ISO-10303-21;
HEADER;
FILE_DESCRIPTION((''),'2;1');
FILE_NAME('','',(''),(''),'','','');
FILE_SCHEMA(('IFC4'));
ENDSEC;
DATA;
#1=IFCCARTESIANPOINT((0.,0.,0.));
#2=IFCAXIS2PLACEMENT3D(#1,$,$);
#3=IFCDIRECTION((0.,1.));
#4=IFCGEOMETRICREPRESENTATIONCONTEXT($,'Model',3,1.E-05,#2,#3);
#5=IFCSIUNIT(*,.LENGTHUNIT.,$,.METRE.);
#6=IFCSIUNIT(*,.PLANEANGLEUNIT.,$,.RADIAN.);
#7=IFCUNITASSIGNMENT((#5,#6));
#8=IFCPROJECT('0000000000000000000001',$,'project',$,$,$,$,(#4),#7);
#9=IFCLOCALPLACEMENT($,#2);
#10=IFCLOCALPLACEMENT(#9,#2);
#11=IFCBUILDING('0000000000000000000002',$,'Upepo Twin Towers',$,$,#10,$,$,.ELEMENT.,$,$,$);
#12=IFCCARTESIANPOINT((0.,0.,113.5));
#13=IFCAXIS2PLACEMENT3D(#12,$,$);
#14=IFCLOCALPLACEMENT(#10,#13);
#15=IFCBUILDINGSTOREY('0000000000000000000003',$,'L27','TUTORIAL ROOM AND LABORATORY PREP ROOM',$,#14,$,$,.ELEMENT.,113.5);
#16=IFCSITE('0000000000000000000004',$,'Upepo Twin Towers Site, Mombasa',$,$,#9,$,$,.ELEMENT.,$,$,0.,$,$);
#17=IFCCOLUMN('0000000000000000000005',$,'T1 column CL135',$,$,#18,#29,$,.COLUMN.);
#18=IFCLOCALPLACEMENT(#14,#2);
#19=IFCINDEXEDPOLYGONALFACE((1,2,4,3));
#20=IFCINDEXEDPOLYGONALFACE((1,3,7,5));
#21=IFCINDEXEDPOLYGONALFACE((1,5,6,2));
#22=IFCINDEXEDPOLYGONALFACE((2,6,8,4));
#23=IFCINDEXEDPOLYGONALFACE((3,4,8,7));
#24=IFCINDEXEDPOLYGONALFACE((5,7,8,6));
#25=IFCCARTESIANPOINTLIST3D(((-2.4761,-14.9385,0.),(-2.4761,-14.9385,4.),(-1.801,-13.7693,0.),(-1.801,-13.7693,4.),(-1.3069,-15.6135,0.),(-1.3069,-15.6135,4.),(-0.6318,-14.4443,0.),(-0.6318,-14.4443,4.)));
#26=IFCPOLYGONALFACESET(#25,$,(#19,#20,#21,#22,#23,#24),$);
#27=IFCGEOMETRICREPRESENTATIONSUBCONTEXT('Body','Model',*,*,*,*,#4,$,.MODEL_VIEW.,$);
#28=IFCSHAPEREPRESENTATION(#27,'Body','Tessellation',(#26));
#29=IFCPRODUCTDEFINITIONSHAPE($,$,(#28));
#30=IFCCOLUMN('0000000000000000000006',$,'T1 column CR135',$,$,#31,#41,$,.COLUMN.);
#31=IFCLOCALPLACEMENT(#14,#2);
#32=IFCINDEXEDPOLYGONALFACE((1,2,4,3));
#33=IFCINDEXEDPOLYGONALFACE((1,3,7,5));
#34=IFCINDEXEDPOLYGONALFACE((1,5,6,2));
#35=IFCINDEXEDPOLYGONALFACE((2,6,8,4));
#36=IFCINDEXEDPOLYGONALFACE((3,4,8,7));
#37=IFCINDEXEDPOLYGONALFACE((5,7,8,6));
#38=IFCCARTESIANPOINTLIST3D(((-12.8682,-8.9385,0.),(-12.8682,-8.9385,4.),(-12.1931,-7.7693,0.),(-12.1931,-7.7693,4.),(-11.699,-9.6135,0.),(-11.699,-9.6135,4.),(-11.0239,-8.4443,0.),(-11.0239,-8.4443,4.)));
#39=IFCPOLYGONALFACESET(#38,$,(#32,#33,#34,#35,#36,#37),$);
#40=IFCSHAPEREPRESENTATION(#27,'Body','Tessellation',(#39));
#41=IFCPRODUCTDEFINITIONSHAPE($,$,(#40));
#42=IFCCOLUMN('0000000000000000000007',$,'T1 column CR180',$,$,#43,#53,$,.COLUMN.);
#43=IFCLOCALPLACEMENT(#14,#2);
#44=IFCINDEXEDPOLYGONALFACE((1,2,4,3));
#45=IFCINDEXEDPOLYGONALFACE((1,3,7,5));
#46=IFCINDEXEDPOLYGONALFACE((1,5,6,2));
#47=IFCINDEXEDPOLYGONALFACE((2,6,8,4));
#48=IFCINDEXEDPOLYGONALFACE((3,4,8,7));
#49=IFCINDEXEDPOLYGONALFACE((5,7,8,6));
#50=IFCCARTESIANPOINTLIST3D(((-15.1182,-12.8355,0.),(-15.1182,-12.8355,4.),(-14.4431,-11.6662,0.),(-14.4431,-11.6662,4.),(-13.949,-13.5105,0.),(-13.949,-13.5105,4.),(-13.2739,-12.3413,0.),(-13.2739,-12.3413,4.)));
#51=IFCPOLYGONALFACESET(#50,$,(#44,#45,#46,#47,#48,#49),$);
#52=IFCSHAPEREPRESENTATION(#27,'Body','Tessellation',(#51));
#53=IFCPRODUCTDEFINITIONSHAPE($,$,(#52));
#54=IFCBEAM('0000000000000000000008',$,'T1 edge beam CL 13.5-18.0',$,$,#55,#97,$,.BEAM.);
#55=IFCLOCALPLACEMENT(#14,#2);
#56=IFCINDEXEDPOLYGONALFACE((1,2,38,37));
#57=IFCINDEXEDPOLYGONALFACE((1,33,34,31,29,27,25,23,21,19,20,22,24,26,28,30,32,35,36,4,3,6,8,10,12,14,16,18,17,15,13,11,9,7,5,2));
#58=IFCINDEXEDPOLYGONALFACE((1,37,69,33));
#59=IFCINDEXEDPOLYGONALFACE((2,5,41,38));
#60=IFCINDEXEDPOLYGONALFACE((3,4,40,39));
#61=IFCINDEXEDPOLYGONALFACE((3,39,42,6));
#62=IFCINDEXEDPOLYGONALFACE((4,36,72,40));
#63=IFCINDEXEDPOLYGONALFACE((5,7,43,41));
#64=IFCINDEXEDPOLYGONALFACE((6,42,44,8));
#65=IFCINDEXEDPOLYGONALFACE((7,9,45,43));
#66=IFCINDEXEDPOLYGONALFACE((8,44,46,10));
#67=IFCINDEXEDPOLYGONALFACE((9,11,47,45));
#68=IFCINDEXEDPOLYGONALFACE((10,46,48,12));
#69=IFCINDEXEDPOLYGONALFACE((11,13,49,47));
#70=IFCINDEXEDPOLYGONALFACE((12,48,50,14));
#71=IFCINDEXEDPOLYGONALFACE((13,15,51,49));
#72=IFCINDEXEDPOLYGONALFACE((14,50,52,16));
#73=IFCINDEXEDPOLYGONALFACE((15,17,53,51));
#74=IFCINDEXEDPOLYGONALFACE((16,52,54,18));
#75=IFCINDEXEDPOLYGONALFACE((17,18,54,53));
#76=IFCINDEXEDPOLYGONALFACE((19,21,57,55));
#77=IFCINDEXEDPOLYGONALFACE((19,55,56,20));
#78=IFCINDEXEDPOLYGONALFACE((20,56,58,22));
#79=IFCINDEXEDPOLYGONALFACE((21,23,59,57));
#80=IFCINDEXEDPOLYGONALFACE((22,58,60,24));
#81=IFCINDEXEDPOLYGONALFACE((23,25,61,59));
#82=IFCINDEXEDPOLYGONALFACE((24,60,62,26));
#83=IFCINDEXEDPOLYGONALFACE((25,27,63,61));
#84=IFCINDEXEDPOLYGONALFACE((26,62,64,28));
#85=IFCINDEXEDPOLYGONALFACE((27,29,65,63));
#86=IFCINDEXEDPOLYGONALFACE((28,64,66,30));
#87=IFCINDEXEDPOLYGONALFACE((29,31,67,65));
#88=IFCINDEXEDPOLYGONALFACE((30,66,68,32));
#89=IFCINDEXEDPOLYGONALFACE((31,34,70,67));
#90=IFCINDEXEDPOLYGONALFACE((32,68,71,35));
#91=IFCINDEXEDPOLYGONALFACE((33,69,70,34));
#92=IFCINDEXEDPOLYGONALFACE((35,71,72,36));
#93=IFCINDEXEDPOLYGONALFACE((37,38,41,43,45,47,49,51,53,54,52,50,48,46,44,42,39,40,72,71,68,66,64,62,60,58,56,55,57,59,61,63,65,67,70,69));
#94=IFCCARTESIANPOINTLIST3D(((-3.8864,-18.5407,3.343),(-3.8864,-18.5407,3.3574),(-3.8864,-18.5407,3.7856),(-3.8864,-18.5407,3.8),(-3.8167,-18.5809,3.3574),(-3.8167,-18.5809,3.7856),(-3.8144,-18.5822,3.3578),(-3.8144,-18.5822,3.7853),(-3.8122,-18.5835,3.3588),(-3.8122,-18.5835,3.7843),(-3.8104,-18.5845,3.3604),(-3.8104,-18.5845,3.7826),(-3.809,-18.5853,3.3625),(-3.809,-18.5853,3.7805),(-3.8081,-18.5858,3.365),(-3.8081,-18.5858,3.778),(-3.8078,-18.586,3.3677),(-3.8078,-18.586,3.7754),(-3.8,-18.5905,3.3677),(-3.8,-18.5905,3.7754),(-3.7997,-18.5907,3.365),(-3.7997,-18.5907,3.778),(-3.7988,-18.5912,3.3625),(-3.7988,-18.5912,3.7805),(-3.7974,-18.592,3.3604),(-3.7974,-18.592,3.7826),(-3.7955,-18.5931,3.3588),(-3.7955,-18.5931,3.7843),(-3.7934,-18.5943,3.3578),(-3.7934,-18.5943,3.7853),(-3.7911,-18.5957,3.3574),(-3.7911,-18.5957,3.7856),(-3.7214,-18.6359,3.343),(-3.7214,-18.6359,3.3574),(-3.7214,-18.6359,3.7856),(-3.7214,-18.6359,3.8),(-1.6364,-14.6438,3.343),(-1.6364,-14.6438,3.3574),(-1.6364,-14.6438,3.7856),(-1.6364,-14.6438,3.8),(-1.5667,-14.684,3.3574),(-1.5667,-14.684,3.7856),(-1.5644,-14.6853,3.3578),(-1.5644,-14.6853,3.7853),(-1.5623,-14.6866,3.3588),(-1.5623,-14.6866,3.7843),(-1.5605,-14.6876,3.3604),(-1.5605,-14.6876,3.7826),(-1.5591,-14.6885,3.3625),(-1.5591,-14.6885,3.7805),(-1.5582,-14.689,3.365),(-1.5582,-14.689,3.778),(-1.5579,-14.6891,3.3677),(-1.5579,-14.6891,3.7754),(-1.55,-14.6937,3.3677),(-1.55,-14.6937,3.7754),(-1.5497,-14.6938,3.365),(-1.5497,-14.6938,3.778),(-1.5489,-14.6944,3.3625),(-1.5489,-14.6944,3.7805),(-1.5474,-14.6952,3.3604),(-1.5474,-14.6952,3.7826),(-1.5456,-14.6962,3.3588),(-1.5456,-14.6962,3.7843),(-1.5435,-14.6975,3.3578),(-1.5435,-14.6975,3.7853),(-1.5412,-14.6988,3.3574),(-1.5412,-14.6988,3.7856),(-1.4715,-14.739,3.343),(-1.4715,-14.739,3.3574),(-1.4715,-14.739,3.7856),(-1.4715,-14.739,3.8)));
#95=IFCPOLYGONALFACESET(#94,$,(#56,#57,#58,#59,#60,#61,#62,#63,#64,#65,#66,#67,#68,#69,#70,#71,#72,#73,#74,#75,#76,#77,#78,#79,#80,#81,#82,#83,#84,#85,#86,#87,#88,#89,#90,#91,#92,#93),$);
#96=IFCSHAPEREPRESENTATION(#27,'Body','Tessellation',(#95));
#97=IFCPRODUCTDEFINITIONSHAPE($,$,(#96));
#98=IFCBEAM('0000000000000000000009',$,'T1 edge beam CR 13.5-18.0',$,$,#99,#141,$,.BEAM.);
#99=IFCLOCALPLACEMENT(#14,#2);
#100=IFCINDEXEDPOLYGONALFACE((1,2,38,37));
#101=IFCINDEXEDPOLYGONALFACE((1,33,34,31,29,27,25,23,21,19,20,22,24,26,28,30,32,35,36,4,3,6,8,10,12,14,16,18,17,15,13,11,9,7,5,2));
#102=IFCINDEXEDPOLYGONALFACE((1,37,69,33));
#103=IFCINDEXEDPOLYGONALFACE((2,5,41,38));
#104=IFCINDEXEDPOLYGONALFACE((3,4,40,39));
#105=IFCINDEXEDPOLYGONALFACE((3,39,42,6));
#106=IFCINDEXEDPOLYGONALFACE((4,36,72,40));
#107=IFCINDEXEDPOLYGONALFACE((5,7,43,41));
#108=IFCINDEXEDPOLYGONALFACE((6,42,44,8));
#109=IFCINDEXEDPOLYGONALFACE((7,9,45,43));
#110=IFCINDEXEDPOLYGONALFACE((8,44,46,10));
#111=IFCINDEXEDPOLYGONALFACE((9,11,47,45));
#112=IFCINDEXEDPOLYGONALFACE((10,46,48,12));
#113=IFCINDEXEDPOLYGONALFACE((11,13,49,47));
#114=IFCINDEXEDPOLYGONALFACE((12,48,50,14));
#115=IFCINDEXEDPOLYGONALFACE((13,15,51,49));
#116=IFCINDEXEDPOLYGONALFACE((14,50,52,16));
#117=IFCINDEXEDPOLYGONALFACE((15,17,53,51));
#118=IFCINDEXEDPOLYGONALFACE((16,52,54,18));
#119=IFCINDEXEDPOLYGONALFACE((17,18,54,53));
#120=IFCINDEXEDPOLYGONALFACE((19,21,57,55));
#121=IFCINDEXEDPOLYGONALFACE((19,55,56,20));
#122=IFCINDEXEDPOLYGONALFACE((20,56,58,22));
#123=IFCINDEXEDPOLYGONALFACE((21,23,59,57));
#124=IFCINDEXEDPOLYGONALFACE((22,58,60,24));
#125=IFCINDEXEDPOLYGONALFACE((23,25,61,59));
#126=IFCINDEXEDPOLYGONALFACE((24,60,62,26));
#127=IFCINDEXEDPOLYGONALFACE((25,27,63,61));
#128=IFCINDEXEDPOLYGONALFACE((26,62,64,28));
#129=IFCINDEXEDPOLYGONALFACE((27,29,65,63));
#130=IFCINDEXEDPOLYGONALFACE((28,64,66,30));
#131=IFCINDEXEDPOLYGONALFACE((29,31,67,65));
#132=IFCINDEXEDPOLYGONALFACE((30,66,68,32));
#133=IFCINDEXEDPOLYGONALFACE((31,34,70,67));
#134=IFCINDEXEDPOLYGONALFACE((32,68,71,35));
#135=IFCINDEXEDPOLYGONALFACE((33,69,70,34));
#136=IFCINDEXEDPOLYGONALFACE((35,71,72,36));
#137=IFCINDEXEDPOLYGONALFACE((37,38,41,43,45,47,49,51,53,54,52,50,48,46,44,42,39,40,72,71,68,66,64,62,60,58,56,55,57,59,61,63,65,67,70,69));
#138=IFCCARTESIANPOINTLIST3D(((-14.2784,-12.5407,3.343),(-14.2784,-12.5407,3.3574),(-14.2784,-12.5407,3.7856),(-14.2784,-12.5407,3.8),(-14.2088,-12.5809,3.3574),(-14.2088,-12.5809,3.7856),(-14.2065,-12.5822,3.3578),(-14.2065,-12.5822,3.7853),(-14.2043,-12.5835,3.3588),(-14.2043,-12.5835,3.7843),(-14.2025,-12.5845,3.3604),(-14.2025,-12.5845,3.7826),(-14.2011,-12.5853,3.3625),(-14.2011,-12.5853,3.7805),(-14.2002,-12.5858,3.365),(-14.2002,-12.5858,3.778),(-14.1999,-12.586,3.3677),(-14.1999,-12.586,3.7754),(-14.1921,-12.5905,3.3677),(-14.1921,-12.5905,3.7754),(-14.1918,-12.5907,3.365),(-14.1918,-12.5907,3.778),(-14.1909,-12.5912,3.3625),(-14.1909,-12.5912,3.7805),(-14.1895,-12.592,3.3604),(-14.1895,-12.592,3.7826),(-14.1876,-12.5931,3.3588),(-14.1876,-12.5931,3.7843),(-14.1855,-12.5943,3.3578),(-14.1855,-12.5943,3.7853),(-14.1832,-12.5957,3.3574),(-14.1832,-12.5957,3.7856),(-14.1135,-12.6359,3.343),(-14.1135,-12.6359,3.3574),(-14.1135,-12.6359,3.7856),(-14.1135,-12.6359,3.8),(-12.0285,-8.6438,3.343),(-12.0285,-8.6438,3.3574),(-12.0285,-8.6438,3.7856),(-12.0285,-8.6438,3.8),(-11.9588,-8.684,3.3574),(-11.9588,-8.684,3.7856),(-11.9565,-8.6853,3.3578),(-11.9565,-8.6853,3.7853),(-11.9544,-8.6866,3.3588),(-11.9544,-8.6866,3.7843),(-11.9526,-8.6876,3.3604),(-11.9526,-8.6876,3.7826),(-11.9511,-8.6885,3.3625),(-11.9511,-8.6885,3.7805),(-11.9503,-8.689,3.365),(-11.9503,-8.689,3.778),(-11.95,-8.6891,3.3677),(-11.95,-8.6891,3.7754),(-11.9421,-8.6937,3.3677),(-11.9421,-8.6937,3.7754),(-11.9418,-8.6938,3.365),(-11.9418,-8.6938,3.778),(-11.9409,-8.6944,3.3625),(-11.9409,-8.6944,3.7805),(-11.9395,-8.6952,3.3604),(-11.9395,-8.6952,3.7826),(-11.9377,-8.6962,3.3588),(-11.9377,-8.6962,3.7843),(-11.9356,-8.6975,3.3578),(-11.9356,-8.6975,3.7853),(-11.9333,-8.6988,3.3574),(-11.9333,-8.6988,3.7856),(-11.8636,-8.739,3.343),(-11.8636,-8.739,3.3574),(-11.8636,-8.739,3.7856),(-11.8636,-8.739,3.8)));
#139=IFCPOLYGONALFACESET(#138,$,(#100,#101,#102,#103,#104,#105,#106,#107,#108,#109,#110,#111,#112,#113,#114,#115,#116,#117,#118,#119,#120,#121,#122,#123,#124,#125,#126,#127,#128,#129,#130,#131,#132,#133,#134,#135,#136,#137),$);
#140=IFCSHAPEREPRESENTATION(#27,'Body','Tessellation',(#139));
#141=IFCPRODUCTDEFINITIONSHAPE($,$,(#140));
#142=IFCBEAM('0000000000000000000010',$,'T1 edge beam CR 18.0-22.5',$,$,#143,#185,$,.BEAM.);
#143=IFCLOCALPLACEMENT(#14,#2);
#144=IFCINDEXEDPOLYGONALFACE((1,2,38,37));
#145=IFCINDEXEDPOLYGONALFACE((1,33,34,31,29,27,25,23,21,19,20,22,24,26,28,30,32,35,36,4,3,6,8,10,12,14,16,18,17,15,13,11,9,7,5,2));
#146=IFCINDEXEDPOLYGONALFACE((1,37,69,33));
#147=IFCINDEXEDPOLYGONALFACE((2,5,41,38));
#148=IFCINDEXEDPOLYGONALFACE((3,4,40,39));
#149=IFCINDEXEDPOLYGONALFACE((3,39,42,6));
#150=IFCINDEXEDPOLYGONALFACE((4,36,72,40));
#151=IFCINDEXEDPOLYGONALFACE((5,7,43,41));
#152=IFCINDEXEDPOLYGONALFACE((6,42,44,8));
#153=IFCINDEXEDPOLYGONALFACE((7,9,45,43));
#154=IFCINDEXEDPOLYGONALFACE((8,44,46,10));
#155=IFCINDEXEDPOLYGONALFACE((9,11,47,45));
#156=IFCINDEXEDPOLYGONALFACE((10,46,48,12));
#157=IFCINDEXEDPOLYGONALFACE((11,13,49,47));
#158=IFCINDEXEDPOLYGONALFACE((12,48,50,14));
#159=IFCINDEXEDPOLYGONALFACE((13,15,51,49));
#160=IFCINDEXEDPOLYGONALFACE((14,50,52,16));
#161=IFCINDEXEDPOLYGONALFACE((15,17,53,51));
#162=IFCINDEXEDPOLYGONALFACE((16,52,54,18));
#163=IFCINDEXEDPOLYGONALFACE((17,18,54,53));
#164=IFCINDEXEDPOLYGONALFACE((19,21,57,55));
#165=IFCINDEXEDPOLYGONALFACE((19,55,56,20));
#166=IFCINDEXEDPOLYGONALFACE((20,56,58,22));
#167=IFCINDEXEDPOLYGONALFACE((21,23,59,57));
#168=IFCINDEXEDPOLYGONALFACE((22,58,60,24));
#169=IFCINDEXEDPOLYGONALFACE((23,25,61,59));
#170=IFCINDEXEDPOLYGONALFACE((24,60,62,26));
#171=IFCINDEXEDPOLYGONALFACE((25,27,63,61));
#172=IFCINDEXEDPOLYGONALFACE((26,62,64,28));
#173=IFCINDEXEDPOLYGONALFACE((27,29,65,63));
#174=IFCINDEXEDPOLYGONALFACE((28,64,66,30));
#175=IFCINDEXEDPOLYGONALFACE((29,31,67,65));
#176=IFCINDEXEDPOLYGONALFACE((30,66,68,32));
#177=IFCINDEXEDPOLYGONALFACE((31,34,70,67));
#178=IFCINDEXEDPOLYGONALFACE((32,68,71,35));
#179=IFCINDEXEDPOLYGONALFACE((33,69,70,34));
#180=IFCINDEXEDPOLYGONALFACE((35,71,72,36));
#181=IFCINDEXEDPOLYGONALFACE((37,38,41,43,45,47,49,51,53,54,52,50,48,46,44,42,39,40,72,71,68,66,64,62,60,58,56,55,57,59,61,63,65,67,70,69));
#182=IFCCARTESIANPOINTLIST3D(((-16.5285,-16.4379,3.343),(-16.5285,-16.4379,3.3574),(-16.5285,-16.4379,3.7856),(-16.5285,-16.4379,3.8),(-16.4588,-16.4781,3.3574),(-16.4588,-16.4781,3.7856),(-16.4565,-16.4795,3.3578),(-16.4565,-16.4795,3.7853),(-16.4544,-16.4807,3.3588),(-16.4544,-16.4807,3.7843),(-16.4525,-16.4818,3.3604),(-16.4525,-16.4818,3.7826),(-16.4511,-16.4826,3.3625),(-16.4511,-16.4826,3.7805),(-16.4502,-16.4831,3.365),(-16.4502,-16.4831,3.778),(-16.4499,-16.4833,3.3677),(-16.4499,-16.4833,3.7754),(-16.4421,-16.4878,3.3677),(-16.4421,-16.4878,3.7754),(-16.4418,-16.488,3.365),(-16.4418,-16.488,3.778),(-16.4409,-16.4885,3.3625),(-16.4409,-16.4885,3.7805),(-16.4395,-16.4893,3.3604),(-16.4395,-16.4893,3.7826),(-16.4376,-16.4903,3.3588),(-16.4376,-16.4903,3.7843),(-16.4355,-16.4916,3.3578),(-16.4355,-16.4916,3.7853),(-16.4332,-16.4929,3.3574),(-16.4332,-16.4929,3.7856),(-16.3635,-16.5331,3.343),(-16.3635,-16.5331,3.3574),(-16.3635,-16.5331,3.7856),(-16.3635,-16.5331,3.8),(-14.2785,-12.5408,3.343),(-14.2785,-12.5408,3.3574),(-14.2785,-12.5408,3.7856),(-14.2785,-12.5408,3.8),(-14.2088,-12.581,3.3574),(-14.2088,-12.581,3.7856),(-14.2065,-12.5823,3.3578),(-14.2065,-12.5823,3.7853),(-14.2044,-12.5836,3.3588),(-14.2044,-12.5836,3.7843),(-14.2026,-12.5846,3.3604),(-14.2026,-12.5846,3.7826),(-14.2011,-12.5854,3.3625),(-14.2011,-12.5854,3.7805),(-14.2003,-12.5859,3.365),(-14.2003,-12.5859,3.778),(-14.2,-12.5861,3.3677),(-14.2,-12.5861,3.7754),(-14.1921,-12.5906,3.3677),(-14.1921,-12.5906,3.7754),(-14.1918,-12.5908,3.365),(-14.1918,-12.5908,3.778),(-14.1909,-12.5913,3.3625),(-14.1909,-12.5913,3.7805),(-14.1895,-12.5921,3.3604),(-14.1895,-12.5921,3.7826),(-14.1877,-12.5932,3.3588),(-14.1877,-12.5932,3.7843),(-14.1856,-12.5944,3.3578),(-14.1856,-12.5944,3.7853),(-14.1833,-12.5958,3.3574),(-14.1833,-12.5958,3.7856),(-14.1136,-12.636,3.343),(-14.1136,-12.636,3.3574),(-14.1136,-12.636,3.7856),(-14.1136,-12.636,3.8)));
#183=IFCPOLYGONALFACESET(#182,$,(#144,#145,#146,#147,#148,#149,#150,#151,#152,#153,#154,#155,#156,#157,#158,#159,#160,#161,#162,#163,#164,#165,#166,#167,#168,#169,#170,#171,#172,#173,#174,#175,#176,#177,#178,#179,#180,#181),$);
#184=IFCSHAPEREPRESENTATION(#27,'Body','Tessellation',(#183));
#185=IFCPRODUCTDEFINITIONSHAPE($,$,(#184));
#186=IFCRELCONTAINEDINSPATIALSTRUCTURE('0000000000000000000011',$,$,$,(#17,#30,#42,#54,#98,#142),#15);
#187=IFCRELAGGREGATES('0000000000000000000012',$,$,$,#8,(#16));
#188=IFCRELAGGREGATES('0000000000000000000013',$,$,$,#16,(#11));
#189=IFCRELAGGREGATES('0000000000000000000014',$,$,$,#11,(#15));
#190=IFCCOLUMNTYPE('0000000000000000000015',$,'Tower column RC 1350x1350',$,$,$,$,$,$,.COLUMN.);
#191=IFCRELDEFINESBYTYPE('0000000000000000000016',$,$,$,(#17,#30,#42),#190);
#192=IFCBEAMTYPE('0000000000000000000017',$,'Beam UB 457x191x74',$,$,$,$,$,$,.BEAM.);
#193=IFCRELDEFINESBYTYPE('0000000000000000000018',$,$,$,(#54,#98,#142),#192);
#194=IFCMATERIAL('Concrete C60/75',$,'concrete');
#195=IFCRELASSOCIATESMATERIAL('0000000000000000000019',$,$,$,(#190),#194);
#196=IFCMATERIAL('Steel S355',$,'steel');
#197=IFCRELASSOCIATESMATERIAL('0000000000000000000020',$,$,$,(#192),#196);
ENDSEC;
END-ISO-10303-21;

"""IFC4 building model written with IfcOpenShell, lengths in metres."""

from ifc_helpers import new_model, si_unit, direction, frame, origin, origin_2d, place, context, subcontext, project, spatial, rectangle, i_section, extrude, material, material_profile, profile_set, type_object, element, save


model = new_model("IFC4")

# Units and contexts
model_context = context("Model", 3, precision=1e-05, world=origin(), true_north=direction((0.0, 1.0)))
body_context = subcontext(model_context, "Body", "Model", "MODEL_VIEW")
ifc_project = project(units=[si_unit("LENGTHUNIT", "METRE"), si_unit("PLANEANGLEUNIT", "RADIAN")], contexts=[model_context])

# Site, building, storey
site_placement = place(None, origin())
site = spatial("IfcSite", under=ifc_project, at=site_placement, Name="Upepo Twin Towers Site, Mombasa", CompositionType="ELEMENT", RefElevation=0.0)
building_placement = place(site_placement, origin())
building = spatial("IfcBuilding", under=site, at=building_placement, Name="Upepo Twin Towers", CompositionType="ELEMENT")
storey_placement = place(building_placement, frame((0.0, 0.0, 113.5)))
storey = spatial("IfcBuildingStorey", under=building, at=storey_placement, Name="L27", Description="TUTORIAL ROOM AND LABORATORY PREP ROOM", CompositionType="ELEMENT", Elevation=113.5)

# Columns
ifc_material_1 = material(Name="Concrete C60/75", Category="concrete")
ifc_material_profile_1 = material_profile(ifc_material_1, rectangle(XDim=1.3501, YDim=1.3501, at=origin_2d()), Name="RC 1350x1350")
ifc_profile_set_1 = profile_set([ifc_material_profile_1], Name="Concrete C60/75")
column_type = type_object("IfcColumnType", Name="Tower column RC 1350x1350", PredefinedType="COLUMN", material=ifc_profile_set_1)
for number, where, z_axis, x_axis, name in (
    (1, (-1.554, -14.6914, 0.0), (0.0, 0.0, 1.0), (0.5, 0.866025, 0.0), "T1 column CL135"),
    (2, (-11.946, -8.6914, 0.0), (0.0, 0.0, 1.0), (0.5, 0.866025, 0.0), "T1 column CR135"),
    (3, (-14.196, -12.5884, 0.0), (0.0, 0.0, 1.0), (0.5, 0.866025, 0.0), "T1 column CR180"),
):
    element("IfcColumn", number, at=place(storey_placement, frame(where, z_axis=z_axis, x_axis=x_axis)), inside=storey, type_object=column_type, Name=name, PredefinedType="COLUMN", context=body_context, shape_type="SweptSolid", body=[
        extrude(rectangle(XDim=1.3501, YDim=1.3501, at=origin_2d()), origin(), (0.0, 0.0, 1.0), 4.0),
    ])

# Beams
ifc_material_2 = material(Name="Steel S355", Category="steel")
ifc_material_profile_2 = material_profile(ifc_material_2, i_section(OverallWidth=0.1904, OverallDepth=0.457, WebThickness=0.009, FlangeThickness=0.0144, FilletRadius=0.0103, at=origin_2d()), Name="UB 457x191x74")
ifc_profile_set_2 = profile_set([ifc_material_profile_2], Name="Steel S355")
beam_type_1 = type_object("IfcBeamType", Name="Beam UB 457x191x74", PredefinedType="BEAM", material=ifc_profile_set_2)
for number, where, z_axis, x_axis, name in (
    (4, (-1.554, -14.6914, 3.5715), (-0.500014, -0.866018, 0.0), (0.866018, -0.500014, 0.0), "T1 edge beam CL 13.5-18.0"),
    (5, (-11.946, -8.6914, 3.5715), (-0.500014, -0.866018, 0.0), (0.866018, -0.500014, 0.0), "T1 edge beam CR 13.5-18.0"),
):
    element("IfcBeam", number, at=place(storey_placement, frame(where, z_axis=z_axis, x_axis=x_axis)), inside=storey, type_object=beam_type_1, Name=name, PredefinedType="BEAM", context=body_context, shape_type="SweptSolid", body=[
        extrude(i_section(OverallWidth=0.1904, OverallDepth=0.457, WebThickness=0.009, FlangeThickness=0.0144, FilletRadius=0.0103, at=origin_2d()), origin(), (0.0, 0.0, 1.0), 4.4998),
    ])
beam_placement = place(storey_placement, frame((-14.196, -12.5884, 3.5715), z_axis=(-0.49999, -0.866031, 0.0), x_axis=(0.866031, -0.49999, 0.0)))
element("IfcBeam", 6, at=beam_placement, inside=storey, type_object=beam_type_1, Name="T1 edge beam CR 18.0-22.5", PredefinedType="BEAM", context=body_context, shape_type="SweptSolid", body=[
    extrude(i_section(OverallWidth=0.1904, OverallDepth=0.457, WebThickness=0.009, FlangeThickness=0.0144, FilletRadius=0.0103, at=origin_2d()), origin(), (0.0, 0.0, 1.0), 4.5),
])

save(model, "model.ifc")
